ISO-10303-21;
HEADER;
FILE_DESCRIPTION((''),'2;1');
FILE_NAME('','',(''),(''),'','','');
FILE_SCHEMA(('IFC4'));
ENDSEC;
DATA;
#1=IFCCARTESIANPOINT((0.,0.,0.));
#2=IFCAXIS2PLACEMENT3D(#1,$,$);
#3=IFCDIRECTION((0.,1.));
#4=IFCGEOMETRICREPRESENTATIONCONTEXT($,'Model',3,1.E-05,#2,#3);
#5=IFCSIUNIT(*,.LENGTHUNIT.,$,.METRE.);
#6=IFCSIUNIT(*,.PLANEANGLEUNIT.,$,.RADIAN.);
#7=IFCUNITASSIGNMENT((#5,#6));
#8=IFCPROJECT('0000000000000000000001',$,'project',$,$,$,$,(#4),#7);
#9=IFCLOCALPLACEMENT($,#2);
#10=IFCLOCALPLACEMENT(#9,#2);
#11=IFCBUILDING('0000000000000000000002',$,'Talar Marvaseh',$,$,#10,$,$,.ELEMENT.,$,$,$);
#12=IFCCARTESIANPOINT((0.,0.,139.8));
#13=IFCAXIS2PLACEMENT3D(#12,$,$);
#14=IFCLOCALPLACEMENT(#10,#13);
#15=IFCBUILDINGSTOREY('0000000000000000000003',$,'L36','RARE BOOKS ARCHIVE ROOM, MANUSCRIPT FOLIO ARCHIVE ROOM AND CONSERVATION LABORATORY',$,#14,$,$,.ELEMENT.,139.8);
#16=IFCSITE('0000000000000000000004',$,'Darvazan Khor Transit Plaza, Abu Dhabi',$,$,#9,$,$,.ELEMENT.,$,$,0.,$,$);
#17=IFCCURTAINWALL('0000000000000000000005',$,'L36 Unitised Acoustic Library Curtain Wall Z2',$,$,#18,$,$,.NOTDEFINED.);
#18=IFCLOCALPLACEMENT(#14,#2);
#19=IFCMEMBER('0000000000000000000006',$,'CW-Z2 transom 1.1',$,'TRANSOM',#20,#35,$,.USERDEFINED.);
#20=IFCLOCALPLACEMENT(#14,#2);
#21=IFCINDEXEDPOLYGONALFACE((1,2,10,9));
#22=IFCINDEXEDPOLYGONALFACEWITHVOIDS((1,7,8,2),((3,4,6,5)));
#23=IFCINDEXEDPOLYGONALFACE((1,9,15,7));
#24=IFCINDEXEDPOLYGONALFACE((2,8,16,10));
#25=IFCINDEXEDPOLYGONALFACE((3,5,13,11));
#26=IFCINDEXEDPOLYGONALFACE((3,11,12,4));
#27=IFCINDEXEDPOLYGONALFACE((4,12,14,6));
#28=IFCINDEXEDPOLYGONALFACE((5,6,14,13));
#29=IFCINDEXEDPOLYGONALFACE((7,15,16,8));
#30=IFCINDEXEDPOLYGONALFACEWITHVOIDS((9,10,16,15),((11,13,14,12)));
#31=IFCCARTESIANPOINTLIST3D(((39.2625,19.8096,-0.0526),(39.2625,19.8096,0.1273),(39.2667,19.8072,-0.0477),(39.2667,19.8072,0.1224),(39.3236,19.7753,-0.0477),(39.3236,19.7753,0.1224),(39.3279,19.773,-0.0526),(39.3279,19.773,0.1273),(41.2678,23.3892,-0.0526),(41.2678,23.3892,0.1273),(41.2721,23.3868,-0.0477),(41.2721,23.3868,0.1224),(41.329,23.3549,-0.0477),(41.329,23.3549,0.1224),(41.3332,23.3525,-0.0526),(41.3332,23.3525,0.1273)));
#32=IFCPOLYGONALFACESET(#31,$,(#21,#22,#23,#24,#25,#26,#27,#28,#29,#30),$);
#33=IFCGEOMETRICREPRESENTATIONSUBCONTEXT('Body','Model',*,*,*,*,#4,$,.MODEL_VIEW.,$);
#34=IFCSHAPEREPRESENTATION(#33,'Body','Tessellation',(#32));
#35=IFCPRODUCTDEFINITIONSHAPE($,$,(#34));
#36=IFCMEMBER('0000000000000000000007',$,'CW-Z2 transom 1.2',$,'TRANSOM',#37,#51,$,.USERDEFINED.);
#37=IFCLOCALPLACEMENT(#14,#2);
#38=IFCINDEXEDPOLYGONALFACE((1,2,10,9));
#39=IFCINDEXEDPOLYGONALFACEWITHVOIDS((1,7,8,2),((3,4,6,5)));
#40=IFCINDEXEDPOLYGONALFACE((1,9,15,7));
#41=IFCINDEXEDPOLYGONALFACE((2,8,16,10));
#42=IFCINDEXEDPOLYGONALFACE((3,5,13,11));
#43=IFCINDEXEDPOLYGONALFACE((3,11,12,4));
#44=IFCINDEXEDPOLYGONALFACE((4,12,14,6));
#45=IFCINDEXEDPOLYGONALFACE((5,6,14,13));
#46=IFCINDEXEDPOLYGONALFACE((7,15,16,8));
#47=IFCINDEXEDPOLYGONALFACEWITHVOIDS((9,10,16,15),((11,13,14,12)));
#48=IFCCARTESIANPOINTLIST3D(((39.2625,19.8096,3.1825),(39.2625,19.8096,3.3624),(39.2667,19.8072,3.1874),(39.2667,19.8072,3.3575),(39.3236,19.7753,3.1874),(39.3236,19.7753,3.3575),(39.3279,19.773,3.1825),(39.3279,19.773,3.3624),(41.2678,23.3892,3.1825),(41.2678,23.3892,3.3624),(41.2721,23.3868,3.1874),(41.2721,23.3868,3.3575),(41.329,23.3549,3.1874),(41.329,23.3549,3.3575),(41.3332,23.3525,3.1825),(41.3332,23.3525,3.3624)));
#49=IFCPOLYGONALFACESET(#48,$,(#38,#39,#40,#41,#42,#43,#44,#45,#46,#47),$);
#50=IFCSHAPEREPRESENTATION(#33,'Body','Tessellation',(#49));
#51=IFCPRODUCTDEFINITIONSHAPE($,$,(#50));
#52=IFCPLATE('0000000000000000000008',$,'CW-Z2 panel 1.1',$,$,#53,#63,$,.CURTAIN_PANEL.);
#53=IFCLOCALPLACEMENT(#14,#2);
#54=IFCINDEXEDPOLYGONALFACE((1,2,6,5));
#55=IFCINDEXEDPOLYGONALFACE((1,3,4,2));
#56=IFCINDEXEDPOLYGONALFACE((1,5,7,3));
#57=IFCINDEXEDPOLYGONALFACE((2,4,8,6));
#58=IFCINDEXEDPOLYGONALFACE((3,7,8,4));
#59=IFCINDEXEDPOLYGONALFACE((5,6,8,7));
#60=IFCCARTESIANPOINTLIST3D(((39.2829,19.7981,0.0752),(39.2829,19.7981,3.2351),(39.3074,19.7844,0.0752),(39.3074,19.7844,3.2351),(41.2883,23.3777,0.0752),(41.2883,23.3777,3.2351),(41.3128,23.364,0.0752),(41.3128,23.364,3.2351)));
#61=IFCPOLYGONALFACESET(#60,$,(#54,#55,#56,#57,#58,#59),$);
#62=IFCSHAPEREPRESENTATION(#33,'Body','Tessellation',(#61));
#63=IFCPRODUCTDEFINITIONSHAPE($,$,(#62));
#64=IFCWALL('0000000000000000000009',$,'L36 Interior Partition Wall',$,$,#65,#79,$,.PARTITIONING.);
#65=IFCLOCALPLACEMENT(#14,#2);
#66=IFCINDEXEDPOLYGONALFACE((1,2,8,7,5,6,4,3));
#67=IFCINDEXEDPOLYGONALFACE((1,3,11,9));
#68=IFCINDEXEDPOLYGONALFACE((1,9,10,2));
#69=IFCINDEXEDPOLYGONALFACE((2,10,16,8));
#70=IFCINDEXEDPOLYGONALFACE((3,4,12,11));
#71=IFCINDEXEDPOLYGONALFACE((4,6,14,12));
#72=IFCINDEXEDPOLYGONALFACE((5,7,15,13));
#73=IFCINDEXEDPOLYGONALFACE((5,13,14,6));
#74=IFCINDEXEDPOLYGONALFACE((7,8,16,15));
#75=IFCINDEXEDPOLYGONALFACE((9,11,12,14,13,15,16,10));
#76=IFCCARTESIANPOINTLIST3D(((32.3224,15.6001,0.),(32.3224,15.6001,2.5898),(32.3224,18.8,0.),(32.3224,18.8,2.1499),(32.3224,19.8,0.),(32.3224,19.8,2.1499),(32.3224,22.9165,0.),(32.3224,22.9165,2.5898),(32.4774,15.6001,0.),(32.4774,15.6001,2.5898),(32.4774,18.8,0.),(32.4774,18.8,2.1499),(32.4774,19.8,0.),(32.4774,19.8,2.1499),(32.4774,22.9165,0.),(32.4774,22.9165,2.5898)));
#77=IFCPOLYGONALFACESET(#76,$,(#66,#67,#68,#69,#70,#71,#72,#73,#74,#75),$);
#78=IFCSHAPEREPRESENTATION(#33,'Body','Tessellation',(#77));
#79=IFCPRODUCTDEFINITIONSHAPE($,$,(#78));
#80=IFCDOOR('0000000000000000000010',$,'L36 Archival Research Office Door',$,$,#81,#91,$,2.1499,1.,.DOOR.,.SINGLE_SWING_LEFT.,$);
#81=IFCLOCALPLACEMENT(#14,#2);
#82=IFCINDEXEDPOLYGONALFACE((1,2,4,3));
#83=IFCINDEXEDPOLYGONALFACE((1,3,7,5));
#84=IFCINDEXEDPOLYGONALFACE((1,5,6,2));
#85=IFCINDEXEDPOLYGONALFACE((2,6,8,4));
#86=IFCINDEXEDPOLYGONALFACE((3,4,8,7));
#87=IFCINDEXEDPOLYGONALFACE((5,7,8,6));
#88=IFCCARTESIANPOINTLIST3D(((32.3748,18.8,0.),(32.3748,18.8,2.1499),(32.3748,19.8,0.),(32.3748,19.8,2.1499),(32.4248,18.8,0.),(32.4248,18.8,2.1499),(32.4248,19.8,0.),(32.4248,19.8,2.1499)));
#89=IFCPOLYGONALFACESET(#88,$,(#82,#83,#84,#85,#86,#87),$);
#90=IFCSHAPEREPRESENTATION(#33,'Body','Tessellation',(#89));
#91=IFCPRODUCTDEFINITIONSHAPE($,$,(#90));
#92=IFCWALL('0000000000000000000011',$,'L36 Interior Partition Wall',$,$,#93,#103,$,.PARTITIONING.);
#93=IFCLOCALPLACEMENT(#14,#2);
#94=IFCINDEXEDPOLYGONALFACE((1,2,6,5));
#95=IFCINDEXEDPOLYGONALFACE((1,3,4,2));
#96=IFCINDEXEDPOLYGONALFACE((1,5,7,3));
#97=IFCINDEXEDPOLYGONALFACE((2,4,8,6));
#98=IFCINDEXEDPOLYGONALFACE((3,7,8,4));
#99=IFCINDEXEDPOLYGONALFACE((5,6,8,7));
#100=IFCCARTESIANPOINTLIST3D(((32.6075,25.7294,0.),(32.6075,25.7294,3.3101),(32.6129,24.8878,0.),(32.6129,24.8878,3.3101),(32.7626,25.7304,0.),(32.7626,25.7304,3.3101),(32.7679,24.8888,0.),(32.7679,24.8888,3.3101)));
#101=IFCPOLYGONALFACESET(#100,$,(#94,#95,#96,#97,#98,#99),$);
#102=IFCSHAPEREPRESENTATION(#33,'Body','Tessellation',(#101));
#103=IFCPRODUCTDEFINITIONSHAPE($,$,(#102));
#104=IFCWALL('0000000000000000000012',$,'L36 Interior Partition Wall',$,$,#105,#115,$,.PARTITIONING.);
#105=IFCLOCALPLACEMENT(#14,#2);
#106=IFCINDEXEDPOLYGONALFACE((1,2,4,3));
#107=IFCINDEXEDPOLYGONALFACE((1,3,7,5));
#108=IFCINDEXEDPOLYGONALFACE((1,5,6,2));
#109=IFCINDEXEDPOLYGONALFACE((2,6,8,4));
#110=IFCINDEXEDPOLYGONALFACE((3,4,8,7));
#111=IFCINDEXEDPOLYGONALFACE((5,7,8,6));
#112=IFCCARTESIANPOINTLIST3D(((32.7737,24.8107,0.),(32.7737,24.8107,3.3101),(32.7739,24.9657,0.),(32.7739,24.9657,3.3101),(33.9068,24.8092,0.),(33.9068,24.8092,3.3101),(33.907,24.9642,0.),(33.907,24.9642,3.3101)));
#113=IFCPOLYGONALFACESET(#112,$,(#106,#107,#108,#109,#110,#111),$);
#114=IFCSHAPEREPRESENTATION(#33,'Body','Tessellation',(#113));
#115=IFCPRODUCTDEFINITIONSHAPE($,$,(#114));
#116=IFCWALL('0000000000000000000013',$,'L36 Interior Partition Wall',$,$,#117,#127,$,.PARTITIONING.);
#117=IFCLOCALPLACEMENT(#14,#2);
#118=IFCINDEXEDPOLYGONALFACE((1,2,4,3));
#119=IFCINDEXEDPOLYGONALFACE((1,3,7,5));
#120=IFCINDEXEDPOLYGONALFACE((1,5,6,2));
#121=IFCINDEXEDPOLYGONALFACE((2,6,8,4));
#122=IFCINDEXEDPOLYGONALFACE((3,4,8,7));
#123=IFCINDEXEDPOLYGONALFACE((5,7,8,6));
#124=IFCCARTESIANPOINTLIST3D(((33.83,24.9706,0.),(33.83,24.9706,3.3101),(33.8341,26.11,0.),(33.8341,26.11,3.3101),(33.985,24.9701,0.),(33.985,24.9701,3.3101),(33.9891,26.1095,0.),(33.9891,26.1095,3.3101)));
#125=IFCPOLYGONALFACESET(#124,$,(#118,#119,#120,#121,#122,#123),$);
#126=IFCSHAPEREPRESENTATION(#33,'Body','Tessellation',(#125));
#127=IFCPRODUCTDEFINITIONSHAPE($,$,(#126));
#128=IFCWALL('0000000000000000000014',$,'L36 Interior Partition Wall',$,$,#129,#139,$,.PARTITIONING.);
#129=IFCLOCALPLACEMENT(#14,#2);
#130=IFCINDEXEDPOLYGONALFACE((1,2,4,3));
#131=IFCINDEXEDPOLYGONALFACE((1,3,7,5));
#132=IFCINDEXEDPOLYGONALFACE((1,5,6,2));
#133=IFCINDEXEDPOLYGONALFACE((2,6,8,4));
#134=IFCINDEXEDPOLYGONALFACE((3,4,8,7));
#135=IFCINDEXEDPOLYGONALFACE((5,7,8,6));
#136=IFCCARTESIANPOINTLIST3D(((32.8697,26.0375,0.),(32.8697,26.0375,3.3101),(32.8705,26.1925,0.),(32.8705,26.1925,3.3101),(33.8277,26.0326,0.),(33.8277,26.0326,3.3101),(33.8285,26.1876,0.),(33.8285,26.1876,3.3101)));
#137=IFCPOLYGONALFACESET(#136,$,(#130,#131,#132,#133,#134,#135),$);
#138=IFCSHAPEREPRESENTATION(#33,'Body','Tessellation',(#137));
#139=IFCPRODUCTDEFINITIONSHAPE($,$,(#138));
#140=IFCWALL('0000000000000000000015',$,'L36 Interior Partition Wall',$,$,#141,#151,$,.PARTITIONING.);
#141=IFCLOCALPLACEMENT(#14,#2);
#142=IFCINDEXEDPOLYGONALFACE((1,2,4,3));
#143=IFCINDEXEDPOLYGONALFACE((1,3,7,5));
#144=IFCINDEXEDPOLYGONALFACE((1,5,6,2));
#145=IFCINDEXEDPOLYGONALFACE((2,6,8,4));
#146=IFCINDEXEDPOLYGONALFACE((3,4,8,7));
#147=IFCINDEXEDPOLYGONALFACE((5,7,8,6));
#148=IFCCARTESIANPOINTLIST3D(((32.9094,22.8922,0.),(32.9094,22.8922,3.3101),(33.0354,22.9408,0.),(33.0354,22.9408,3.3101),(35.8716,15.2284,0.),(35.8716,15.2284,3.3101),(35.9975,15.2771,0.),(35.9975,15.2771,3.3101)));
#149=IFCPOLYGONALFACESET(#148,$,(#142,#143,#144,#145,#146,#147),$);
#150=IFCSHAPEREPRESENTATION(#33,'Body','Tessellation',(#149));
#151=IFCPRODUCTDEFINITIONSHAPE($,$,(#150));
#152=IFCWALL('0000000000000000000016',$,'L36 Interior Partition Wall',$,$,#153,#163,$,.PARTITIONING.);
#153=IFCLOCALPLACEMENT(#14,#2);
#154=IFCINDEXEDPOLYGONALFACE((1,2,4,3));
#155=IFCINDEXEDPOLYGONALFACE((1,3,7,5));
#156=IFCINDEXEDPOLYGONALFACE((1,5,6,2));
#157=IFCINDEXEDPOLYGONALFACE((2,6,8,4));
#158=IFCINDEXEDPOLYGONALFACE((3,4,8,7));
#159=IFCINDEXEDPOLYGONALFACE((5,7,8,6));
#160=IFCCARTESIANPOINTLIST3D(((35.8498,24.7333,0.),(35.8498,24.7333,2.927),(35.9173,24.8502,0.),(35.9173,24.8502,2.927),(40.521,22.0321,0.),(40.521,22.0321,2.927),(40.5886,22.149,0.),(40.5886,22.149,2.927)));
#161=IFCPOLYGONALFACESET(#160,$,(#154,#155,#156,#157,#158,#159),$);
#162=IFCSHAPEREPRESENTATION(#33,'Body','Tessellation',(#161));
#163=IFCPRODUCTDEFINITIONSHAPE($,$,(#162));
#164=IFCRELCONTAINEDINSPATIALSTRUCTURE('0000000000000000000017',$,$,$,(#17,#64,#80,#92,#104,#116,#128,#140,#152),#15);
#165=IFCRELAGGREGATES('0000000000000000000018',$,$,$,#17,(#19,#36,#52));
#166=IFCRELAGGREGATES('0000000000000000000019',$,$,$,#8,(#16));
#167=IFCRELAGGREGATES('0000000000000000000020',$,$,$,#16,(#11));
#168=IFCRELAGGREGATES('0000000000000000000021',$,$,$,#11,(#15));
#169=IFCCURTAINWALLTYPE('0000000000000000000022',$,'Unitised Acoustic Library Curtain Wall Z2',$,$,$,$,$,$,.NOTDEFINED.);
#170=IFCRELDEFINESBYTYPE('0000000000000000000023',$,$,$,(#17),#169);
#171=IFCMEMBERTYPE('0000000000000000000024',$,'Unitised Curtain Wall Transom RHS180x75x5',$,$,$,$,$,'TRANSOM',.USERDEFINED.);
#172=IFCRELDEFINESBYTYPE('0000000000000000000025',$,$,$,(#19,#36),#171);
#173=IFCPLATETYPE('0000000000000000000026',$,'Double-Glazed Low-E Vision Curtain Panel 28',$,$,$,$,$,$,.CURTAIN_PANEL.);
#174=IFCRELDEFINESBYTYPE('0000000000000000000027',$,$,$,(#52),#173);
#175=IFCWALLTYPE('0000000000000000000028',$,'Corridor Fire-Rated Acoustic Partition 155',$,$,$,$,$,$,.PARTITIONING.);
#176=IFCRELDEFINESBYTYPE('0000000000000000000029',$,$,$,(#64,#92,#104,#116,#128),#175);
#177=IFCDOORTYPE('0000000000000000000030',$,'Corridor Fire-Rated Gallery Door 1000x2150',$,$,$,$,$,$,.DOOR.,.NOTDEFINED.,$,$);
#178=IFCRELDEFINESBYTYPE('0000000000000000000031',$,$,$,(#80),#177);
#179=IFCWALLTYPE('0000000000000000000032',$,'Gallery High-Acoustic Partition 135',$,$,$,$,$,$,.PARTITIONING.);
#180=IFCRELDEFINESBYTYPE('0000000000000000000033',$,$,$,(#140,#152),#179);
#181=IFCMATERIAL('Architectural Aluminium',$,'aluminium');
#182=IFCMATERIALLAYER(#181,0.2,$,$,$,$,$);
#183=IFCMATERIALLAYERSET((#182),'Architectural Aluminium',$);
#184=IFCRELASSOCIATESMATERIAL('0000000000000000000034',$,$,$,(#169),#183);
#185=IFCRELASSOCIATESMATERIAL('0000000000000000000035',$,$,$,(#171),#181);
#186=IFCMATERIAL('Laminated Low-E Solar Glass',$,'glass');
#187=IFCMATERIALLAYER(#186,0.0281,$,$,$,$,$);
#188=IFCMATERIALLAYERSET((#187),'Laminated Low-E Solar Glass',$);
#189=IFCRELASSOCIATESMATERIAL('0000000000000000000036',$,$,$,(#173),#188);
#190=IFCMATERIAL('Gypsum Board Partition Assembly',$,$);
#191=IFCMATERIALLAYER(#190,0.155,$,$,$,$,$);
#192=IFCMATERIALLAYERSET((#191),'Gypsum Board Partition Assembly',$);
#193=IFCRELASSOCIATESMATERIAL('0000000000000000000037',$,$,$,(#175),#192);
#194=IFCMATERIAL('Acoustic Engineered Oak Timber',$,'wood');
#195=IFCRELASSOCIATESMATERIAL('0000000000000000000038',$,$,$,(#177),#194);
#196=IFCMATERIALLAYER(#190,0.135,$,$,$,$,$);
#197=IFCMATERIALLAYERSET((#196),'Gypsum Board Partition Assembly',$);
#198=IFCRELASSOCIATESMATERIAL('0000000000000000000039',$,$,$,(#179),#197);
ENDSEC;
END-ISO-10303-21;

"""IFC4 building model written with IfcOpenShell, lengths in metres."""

from ifc_helpers import new_model, si_unit, direction, frame, frame_2d, origin, origin_2d, place, context, subcontext, project, spatial, rectangle, hollow_rectangle, extrude, source, transform, mapped, material, layer, layer_set, material_profile, profile_set, type_object, type_shapes, element, fill, aggregate, save


model = new_model("IFC4")

# Units and contexts
model_context = context("Model", 3, precision=1e-05, world=origin(), true_north=direction((0.0, 1.0)))
body_context = subcontext(model_context, "Body", "Model", "MODEL_VIEW")
ifc_project = project(units=[si_unit("LENGTHUNIT", "METRE"), si_unit("PLANEANGLEUNIT", "RADIAN")], contexts=[model_context])

# Site, building, storey
site_placement = place(None, origin())
site = spatial("IfcSite", under=ifc_project, at=site_placement, Name="Darvazan Khor Transit Plaza, Abu Dhabi", CompositionType="ELEMENT", RefElevation=0.0)
building_placement = place(site_placement, origin())
building = spatial("IfcBuilding", under=site, at=building_placement, Name="Talar Marvaseh", CompositionType="ELEMENT")
storey_placement = place(building_placement, frame((0.0, 0.0, 139.8)))
storey = spatial("IfcBuildingStorey", under=building, at=storey_placement, Name="L36", Description="RARE BOOKS ARCHIVE ROOM, MANUSCRIPT FOLIO ARCHIVE ROOM AND CONSERVATION LABORATORY", CompositionType="ELEMENT", Elevation=139.8)

# Shared definitions
ifc_material_1 = material(Name="Architectural Aluminium", Category="aluminium")
ifc_layer_1 = layer(ifc_material_1, 0.2)
ifc_layer_set_1 = layer_set([ifc_layer_1], Name="Architectural Aluminium")
curtain_wall_type = type_object("IfcCurtainWallType", Name="Unitised Acoustic Library Curtain Wall Z2", PredefinedType="NOTDEFINED", material=ifc_layer_set_1)

# Curtain wall, members, plate
curtain_wall_1_placement = place(storey_placement, origin())
curtain_wall_1 = element("IfcCurtainWall", 1, at=curtain_wall_1_placement, inside=storey, type_object=curtain_wall_type, Name="L36 Unitised Acoustic Library Curtain Wall Z2", PredefinedType="NOTDEFINED")
ifc_material_profile_1 = material_profile(ifc_material_1, hollow_rectangle(XDim=0.075, YDim=0.1799, WallThickness=0.0049, at=origin_2d()), Name="RHS180x75x5")
ifc_profile_set_1 = profile_set([ifc_material_profile_1], Name="Architectural Aluminium")
member_type_1 = type_object("IfcMemberType", Name="Unitised Curtain Wall Transom RHS180x75x5", ElementType="TRANSOM", PredefinedType="USERDEFINED", material=ifc_profile_set_1)
shared_shape_1 = source(origin(), body_context, "Body", "SweptSolid", [
    extrude(hollow_rectangle(XDim=0.075, YDim=0.1799, WallThickness=0.0049, at=origin_2d()), origin(), (0.0, 0.0, 1.0), 4.103),
])
type_shapes(member_type_1, [shared_shape_1])
member_1_placement = place(storey_placement, frame((41.3005, 23.3708, 0.0374), z_axis=(-0.488752, -0.872423, 0.0), x_axis=(0.872423, -0.488752, 0.0)))
member_1 = element("IfcMember", 2, at=member_1_placement, type_object=member_type_1, Name="CW-Z2 transom 1.1", ObjectType="TRANSOM", PredefinedType="USERDEFINED", context=body_context, shape_type="MappedRepresentation", body=[
    mapped(shared_shape_1, transform((0.0, 0.0, 0.0), x_axis=(1.0, 0.0, 0.0), y_axis=(0.0, 1.0, 0.0), z_axis=(0.0, 0.0, 1.0), scale=1.0)),
])
member_2_placement = place(storey_placement, frame((41.3005, 23.3708, 3.2725), z_axis=(-0.488752, -0.872423, 0.0), x_axis=(0.872423, -0.488752, 0.0)))
member_2 = element("IfcMember", 3, at=member_2_placement, type_object=member_type_1, Name="CW-Z2 transom 1.2", ObjectType="TRANSOM", PredefinedType="USERDEFINED", context=body_context, shape_type="MappedRepresentation", body=[
    mapped(shared_shape_1, transform((0.0, 0.0, 0.0), x_axis=(1.0, 0.0, 0.0), y_axis=(0.0, 1.0, 0.0), z_axis=(0.0, 0.0, 1.0), scale=1.0)),
])
ifc_material_2 = material(Name="Laminated Low-E Solar Glass", Category="glass")
ifc_layer_2 = layer(ifc_material_2, 0.0281)
ifc_layer_set_2 = layer_set([ifc_layer_2], Name="Laminated Low-E Solar Glass")
plate_type = type_object("IfcPlateType", Name="Double-Glazed Low-E Vision Curtain Panel 28", PredefinedType="CURTAIN_PANEL", material=ifc_layer_set_2)
shared_shape_2 = source(origin(), body_context, "Body", "SweptSolid", [
    extrude(rectangle(XDim=4.103, YDim=0.0281, at=origin_2d()), origin(), (0.0, 0.0, 1.0), 3.1599),
])
type_shapes(plate_type, [shared_shape_2])
plate_placement = place(storey_placement, frame((40.2979, 21.5811, 0.0752), z_axis=(0.0, 0.0, 1.0), x_axis=(-0.48876, -0.872418, 0.0)))
plate = element("IfcPlate", 4, at=plate_placement, type_object=plate_type, Name="CW-Z2 panel 1.1", PredefinedType="CURTAIN_PANEL", context=body_context, shape_type="MappedRepresentation", body=[
    mapped(shared_shape_2, transform((0.0, 0.0, 0.0), x_axis=(1.0, 0.0, 0.0), y_axis=(0.0, 1.0, 0.0), z_axis=(0.0, 0.0, 1.0), scale=1.0)),
])
aggregate(curtain_wall_1, [member_1, member_2, plate])

# Wall, opening, door
ifc_material_3 = material(Name="Gypsum Board Partition Assembly")
ifc_layer_3 = layer(ifc_material_3, 0.155)
ifc_layer_set_3 = layer_set([ifc_layer_3], Name="Gypsum Board Partition Assembly")
wall_type_1 = type_object("IfcWallType", Name="Corridor Fire-Rated Acoustic Partition 155", PredefinedType="PARTITIONING", material=ifc_layer_set_3)
ifc_material_4 = material(Name="Acoustic Engineered Oak Timber", Category="wood")
wall_1_placement = place(storey_placement, frame((32.3999, 22.9165, 0.0), z_axis=(0.0, 0.0, 1.0), x_axis=(0.0, -1.0, 0.0)))
wall_1 = element("IfcWall", 5, at=wall_1_placement, inside=storey, type_object=wall_type_1, Name="L36 Interior Partition Wall", PredefinedType="PARTITIONING", context=body_context, shape_type="SweptSolid", body=[
    extrude(rectangle(XDim=7.3164, YDim=0.155, at=frame_2d((3.6582, 0.0))), origin(), (0.0, 0.0, 1.0), 2.5898),
])
opening_1_placement = place(wall_1_placement, frame((3.1165, 0.0, 0.0)))
opening_1 = element("IfcOpeningElement", 6, at=opening_1_placement, cuts=wall_1, PredefinedType="OPENING", context=body_context, shape_type="SweptSolid", body=[
    extrude(rectangle(XDim=1.0, YDim=2.1499, at=frame_2d((0.5, 1.075))), frame((0.0, 0.0874, 0.0), z_axis=(0.0, -1.0, 0.0), x_axis=(1.0, 0.0, 0.0)), (0.0, 0.0, 1.0), 0.175),
])
door_type_1 = type_object("IfcDoorType", Name="Corridor Fire-Rated Gallery Door 1000x2150", OperationType="NOTDEFINED", PredefinedType="DOOR", material=ifc_material_4)
shared_shape_3 = source(origin(), body_context, "Body", "SweptSolid", [
    extrude(rectangle(XDim=1.0, YDim=2.1499, at=frame_2d((0.5, 1.075))), frame((0.0, 0.0249, 0.0), z_axis=(0.0, -1.0, 0.0), x_axis=(1.0, 0.0, 0.0)), (0.0, 0.0, 1.0), 0.05),
])
type_shapes(door_type_1, [shared_shape_3])
door_1_placement = place(opening_1_placement, origin())
door_1 = element("IfcDoor", 7, at=door_1_placement, inside=storey, type_object=door_type_1, Name="L36 Archival Research Office Door", OperationType="SINGLE_SWING_LEFT", OverallHeight=2.1499, OverallWidth=1.0, PredefinedType="DOOR", context=body_context, shape_type="MappedRepresentation", body=[
    mapped(shared_shape_3, transform((0.0, 0.0, 0.0), x_axis=(1.0, 0.0, 0.0), y_axis=(0.0, 1.0, 0.0), z_axis=(0.0, 0.0, 1.0), scale=1.0)),
])
fill(opening_1, door_1)

# Walls
wall_2_placement = place(storey_placement, frame((32.6851, 25.73, 0.0), z_axis=(0.0, 0.0, 1.0), x_axis=(0.006382, -0.99998, 0.0)))
element("IfcWall", 8, at=wall_2_placement, inside=storey, type_object=wall_type_1, Name="L36 Interior Partition Wall", PredefinedType="PARTITIONING", context=body_context, shape_type="SweptSolid", body=[
    extrude(rectangle(XDim=0.8416, YDim=0.155, at=frame_2d((0.4209, 0.0))), origin(), (0.0, 0.0, 1.0), 3.3101),
])
wall_3_placement = place(storey_placement, frame((32.7739, 24.8882, 0.0), z_axis=(0.0, 0.0, 1.0), x_axis=(0.999999, -0.001293, 0.0)))
element("IfcWall", 9, at=wall_3_placement, inside=storey, type_object=wall_type_1, Name="L36 Interior Partition Wall", PredefinedType="PARTITIONING", context=body_context, shape_type="SweptSolid", body=[
    extrude(rectangle(XDim=1.1331, YDim=0.155, at=frame_2d((0.5664, 0.0))), origin(), (0.0, 0.0, 1.0), 3.3101),
])
wall_4_placement = place(storey_placement, frame((33.9075, 24.9702, 0.0), z_axis=(0.0, 0.0, 1.0), x_axis=(0.003643, 0.999993, 0.0)))
element("IfcWall", 10, at=wall_4_placement, inside=storey, type_object=wall_type_1, Name="L36 Interior Partition Wall", PredefinedType="PARTITIONING", context=body_context, shape_type="SweptSolid", body=[
    extrude(rectangle(XDim=1.1394, YDim=0.155, at=frame_2d((0.5698, 0.0))), origin(), (0.0, 0.0, 1.0), 3.3101),
])
wall_5_placement = place(storey_placement, frame((33.8281, 26.1101, 0.0), z_axis=(0.0, 0.0, 1.0), x_axis=(-0.999987, 0.005097, 0.0)))
element("IfcWall", 11, at=wall_5_placement, inside=storey, type_object=wall_type_1, Name="L36 Interior Partition Wall", PredefinedType="PARTITIONING", context=body_context, shape_type="SweptSolid", body=[
    extrude(rectangle(XDim=0.958, YDim=0.155, at=frame_2d((0.479, 0.0))), origin(), (0.0, 0.0, 1.0), 3.3101),
])
ifc_layer_4 = layer(ifc_material_3, 0.135)
ifc_layer_set_4 = layer_set([ifc_layer_4], Name="Gypsum Board Partition Assembly")
wall_type_2 = type_object("IfcWallType", Name="Gallery High-Acoustic Partition 135", PredefinedType="PARTITIONING", material=ifc_layer_set_4)
wall_6_placement = place(storey_placement, frame((32.9724, 22.9165, 0.0), z_axis=(0.0, 0.0, 1.0), x_axis=(0.36052, -0.932752, 0.0)))
element("IfcWall", 12, at=wall_6_placement, inside=storey, type_object=wall_type_2, Name="L36 Interior Partition Wall", PredefinedType="PARTITIONING", context=body_context, shape_type="SweptSolid", body=[
    extrude(rectangle(XDim=8.2163, YDim=0.135, at=frame_2d((4.1082, 0.0))), origin(), (0.0, 0.0, 1.0), 3.3101),
])
wall_7_placement = place(storey_placement, frame((35.8835, 24.7917, 0.0), z_axis=(0.0, 0.0, 1.0), x_axis=(0.865681, -0.500596, 0.0)))
element("IfcWall", 13, at=wall_7_placement, inside=storey, type_object=wall_type_2, Name="L36 Interior Partition Wall", PredefinedType="PARTITIONING", context=body_context, shape_type="SweptSolid", body=[
    extrude(rectangle(XDim=5.396, YDim=0.135, at=frame_2d((2.698, 0.0))), origin(), (0.0, 0.0, 1.0), 2.927),
])

save(model, "model.ifc")
